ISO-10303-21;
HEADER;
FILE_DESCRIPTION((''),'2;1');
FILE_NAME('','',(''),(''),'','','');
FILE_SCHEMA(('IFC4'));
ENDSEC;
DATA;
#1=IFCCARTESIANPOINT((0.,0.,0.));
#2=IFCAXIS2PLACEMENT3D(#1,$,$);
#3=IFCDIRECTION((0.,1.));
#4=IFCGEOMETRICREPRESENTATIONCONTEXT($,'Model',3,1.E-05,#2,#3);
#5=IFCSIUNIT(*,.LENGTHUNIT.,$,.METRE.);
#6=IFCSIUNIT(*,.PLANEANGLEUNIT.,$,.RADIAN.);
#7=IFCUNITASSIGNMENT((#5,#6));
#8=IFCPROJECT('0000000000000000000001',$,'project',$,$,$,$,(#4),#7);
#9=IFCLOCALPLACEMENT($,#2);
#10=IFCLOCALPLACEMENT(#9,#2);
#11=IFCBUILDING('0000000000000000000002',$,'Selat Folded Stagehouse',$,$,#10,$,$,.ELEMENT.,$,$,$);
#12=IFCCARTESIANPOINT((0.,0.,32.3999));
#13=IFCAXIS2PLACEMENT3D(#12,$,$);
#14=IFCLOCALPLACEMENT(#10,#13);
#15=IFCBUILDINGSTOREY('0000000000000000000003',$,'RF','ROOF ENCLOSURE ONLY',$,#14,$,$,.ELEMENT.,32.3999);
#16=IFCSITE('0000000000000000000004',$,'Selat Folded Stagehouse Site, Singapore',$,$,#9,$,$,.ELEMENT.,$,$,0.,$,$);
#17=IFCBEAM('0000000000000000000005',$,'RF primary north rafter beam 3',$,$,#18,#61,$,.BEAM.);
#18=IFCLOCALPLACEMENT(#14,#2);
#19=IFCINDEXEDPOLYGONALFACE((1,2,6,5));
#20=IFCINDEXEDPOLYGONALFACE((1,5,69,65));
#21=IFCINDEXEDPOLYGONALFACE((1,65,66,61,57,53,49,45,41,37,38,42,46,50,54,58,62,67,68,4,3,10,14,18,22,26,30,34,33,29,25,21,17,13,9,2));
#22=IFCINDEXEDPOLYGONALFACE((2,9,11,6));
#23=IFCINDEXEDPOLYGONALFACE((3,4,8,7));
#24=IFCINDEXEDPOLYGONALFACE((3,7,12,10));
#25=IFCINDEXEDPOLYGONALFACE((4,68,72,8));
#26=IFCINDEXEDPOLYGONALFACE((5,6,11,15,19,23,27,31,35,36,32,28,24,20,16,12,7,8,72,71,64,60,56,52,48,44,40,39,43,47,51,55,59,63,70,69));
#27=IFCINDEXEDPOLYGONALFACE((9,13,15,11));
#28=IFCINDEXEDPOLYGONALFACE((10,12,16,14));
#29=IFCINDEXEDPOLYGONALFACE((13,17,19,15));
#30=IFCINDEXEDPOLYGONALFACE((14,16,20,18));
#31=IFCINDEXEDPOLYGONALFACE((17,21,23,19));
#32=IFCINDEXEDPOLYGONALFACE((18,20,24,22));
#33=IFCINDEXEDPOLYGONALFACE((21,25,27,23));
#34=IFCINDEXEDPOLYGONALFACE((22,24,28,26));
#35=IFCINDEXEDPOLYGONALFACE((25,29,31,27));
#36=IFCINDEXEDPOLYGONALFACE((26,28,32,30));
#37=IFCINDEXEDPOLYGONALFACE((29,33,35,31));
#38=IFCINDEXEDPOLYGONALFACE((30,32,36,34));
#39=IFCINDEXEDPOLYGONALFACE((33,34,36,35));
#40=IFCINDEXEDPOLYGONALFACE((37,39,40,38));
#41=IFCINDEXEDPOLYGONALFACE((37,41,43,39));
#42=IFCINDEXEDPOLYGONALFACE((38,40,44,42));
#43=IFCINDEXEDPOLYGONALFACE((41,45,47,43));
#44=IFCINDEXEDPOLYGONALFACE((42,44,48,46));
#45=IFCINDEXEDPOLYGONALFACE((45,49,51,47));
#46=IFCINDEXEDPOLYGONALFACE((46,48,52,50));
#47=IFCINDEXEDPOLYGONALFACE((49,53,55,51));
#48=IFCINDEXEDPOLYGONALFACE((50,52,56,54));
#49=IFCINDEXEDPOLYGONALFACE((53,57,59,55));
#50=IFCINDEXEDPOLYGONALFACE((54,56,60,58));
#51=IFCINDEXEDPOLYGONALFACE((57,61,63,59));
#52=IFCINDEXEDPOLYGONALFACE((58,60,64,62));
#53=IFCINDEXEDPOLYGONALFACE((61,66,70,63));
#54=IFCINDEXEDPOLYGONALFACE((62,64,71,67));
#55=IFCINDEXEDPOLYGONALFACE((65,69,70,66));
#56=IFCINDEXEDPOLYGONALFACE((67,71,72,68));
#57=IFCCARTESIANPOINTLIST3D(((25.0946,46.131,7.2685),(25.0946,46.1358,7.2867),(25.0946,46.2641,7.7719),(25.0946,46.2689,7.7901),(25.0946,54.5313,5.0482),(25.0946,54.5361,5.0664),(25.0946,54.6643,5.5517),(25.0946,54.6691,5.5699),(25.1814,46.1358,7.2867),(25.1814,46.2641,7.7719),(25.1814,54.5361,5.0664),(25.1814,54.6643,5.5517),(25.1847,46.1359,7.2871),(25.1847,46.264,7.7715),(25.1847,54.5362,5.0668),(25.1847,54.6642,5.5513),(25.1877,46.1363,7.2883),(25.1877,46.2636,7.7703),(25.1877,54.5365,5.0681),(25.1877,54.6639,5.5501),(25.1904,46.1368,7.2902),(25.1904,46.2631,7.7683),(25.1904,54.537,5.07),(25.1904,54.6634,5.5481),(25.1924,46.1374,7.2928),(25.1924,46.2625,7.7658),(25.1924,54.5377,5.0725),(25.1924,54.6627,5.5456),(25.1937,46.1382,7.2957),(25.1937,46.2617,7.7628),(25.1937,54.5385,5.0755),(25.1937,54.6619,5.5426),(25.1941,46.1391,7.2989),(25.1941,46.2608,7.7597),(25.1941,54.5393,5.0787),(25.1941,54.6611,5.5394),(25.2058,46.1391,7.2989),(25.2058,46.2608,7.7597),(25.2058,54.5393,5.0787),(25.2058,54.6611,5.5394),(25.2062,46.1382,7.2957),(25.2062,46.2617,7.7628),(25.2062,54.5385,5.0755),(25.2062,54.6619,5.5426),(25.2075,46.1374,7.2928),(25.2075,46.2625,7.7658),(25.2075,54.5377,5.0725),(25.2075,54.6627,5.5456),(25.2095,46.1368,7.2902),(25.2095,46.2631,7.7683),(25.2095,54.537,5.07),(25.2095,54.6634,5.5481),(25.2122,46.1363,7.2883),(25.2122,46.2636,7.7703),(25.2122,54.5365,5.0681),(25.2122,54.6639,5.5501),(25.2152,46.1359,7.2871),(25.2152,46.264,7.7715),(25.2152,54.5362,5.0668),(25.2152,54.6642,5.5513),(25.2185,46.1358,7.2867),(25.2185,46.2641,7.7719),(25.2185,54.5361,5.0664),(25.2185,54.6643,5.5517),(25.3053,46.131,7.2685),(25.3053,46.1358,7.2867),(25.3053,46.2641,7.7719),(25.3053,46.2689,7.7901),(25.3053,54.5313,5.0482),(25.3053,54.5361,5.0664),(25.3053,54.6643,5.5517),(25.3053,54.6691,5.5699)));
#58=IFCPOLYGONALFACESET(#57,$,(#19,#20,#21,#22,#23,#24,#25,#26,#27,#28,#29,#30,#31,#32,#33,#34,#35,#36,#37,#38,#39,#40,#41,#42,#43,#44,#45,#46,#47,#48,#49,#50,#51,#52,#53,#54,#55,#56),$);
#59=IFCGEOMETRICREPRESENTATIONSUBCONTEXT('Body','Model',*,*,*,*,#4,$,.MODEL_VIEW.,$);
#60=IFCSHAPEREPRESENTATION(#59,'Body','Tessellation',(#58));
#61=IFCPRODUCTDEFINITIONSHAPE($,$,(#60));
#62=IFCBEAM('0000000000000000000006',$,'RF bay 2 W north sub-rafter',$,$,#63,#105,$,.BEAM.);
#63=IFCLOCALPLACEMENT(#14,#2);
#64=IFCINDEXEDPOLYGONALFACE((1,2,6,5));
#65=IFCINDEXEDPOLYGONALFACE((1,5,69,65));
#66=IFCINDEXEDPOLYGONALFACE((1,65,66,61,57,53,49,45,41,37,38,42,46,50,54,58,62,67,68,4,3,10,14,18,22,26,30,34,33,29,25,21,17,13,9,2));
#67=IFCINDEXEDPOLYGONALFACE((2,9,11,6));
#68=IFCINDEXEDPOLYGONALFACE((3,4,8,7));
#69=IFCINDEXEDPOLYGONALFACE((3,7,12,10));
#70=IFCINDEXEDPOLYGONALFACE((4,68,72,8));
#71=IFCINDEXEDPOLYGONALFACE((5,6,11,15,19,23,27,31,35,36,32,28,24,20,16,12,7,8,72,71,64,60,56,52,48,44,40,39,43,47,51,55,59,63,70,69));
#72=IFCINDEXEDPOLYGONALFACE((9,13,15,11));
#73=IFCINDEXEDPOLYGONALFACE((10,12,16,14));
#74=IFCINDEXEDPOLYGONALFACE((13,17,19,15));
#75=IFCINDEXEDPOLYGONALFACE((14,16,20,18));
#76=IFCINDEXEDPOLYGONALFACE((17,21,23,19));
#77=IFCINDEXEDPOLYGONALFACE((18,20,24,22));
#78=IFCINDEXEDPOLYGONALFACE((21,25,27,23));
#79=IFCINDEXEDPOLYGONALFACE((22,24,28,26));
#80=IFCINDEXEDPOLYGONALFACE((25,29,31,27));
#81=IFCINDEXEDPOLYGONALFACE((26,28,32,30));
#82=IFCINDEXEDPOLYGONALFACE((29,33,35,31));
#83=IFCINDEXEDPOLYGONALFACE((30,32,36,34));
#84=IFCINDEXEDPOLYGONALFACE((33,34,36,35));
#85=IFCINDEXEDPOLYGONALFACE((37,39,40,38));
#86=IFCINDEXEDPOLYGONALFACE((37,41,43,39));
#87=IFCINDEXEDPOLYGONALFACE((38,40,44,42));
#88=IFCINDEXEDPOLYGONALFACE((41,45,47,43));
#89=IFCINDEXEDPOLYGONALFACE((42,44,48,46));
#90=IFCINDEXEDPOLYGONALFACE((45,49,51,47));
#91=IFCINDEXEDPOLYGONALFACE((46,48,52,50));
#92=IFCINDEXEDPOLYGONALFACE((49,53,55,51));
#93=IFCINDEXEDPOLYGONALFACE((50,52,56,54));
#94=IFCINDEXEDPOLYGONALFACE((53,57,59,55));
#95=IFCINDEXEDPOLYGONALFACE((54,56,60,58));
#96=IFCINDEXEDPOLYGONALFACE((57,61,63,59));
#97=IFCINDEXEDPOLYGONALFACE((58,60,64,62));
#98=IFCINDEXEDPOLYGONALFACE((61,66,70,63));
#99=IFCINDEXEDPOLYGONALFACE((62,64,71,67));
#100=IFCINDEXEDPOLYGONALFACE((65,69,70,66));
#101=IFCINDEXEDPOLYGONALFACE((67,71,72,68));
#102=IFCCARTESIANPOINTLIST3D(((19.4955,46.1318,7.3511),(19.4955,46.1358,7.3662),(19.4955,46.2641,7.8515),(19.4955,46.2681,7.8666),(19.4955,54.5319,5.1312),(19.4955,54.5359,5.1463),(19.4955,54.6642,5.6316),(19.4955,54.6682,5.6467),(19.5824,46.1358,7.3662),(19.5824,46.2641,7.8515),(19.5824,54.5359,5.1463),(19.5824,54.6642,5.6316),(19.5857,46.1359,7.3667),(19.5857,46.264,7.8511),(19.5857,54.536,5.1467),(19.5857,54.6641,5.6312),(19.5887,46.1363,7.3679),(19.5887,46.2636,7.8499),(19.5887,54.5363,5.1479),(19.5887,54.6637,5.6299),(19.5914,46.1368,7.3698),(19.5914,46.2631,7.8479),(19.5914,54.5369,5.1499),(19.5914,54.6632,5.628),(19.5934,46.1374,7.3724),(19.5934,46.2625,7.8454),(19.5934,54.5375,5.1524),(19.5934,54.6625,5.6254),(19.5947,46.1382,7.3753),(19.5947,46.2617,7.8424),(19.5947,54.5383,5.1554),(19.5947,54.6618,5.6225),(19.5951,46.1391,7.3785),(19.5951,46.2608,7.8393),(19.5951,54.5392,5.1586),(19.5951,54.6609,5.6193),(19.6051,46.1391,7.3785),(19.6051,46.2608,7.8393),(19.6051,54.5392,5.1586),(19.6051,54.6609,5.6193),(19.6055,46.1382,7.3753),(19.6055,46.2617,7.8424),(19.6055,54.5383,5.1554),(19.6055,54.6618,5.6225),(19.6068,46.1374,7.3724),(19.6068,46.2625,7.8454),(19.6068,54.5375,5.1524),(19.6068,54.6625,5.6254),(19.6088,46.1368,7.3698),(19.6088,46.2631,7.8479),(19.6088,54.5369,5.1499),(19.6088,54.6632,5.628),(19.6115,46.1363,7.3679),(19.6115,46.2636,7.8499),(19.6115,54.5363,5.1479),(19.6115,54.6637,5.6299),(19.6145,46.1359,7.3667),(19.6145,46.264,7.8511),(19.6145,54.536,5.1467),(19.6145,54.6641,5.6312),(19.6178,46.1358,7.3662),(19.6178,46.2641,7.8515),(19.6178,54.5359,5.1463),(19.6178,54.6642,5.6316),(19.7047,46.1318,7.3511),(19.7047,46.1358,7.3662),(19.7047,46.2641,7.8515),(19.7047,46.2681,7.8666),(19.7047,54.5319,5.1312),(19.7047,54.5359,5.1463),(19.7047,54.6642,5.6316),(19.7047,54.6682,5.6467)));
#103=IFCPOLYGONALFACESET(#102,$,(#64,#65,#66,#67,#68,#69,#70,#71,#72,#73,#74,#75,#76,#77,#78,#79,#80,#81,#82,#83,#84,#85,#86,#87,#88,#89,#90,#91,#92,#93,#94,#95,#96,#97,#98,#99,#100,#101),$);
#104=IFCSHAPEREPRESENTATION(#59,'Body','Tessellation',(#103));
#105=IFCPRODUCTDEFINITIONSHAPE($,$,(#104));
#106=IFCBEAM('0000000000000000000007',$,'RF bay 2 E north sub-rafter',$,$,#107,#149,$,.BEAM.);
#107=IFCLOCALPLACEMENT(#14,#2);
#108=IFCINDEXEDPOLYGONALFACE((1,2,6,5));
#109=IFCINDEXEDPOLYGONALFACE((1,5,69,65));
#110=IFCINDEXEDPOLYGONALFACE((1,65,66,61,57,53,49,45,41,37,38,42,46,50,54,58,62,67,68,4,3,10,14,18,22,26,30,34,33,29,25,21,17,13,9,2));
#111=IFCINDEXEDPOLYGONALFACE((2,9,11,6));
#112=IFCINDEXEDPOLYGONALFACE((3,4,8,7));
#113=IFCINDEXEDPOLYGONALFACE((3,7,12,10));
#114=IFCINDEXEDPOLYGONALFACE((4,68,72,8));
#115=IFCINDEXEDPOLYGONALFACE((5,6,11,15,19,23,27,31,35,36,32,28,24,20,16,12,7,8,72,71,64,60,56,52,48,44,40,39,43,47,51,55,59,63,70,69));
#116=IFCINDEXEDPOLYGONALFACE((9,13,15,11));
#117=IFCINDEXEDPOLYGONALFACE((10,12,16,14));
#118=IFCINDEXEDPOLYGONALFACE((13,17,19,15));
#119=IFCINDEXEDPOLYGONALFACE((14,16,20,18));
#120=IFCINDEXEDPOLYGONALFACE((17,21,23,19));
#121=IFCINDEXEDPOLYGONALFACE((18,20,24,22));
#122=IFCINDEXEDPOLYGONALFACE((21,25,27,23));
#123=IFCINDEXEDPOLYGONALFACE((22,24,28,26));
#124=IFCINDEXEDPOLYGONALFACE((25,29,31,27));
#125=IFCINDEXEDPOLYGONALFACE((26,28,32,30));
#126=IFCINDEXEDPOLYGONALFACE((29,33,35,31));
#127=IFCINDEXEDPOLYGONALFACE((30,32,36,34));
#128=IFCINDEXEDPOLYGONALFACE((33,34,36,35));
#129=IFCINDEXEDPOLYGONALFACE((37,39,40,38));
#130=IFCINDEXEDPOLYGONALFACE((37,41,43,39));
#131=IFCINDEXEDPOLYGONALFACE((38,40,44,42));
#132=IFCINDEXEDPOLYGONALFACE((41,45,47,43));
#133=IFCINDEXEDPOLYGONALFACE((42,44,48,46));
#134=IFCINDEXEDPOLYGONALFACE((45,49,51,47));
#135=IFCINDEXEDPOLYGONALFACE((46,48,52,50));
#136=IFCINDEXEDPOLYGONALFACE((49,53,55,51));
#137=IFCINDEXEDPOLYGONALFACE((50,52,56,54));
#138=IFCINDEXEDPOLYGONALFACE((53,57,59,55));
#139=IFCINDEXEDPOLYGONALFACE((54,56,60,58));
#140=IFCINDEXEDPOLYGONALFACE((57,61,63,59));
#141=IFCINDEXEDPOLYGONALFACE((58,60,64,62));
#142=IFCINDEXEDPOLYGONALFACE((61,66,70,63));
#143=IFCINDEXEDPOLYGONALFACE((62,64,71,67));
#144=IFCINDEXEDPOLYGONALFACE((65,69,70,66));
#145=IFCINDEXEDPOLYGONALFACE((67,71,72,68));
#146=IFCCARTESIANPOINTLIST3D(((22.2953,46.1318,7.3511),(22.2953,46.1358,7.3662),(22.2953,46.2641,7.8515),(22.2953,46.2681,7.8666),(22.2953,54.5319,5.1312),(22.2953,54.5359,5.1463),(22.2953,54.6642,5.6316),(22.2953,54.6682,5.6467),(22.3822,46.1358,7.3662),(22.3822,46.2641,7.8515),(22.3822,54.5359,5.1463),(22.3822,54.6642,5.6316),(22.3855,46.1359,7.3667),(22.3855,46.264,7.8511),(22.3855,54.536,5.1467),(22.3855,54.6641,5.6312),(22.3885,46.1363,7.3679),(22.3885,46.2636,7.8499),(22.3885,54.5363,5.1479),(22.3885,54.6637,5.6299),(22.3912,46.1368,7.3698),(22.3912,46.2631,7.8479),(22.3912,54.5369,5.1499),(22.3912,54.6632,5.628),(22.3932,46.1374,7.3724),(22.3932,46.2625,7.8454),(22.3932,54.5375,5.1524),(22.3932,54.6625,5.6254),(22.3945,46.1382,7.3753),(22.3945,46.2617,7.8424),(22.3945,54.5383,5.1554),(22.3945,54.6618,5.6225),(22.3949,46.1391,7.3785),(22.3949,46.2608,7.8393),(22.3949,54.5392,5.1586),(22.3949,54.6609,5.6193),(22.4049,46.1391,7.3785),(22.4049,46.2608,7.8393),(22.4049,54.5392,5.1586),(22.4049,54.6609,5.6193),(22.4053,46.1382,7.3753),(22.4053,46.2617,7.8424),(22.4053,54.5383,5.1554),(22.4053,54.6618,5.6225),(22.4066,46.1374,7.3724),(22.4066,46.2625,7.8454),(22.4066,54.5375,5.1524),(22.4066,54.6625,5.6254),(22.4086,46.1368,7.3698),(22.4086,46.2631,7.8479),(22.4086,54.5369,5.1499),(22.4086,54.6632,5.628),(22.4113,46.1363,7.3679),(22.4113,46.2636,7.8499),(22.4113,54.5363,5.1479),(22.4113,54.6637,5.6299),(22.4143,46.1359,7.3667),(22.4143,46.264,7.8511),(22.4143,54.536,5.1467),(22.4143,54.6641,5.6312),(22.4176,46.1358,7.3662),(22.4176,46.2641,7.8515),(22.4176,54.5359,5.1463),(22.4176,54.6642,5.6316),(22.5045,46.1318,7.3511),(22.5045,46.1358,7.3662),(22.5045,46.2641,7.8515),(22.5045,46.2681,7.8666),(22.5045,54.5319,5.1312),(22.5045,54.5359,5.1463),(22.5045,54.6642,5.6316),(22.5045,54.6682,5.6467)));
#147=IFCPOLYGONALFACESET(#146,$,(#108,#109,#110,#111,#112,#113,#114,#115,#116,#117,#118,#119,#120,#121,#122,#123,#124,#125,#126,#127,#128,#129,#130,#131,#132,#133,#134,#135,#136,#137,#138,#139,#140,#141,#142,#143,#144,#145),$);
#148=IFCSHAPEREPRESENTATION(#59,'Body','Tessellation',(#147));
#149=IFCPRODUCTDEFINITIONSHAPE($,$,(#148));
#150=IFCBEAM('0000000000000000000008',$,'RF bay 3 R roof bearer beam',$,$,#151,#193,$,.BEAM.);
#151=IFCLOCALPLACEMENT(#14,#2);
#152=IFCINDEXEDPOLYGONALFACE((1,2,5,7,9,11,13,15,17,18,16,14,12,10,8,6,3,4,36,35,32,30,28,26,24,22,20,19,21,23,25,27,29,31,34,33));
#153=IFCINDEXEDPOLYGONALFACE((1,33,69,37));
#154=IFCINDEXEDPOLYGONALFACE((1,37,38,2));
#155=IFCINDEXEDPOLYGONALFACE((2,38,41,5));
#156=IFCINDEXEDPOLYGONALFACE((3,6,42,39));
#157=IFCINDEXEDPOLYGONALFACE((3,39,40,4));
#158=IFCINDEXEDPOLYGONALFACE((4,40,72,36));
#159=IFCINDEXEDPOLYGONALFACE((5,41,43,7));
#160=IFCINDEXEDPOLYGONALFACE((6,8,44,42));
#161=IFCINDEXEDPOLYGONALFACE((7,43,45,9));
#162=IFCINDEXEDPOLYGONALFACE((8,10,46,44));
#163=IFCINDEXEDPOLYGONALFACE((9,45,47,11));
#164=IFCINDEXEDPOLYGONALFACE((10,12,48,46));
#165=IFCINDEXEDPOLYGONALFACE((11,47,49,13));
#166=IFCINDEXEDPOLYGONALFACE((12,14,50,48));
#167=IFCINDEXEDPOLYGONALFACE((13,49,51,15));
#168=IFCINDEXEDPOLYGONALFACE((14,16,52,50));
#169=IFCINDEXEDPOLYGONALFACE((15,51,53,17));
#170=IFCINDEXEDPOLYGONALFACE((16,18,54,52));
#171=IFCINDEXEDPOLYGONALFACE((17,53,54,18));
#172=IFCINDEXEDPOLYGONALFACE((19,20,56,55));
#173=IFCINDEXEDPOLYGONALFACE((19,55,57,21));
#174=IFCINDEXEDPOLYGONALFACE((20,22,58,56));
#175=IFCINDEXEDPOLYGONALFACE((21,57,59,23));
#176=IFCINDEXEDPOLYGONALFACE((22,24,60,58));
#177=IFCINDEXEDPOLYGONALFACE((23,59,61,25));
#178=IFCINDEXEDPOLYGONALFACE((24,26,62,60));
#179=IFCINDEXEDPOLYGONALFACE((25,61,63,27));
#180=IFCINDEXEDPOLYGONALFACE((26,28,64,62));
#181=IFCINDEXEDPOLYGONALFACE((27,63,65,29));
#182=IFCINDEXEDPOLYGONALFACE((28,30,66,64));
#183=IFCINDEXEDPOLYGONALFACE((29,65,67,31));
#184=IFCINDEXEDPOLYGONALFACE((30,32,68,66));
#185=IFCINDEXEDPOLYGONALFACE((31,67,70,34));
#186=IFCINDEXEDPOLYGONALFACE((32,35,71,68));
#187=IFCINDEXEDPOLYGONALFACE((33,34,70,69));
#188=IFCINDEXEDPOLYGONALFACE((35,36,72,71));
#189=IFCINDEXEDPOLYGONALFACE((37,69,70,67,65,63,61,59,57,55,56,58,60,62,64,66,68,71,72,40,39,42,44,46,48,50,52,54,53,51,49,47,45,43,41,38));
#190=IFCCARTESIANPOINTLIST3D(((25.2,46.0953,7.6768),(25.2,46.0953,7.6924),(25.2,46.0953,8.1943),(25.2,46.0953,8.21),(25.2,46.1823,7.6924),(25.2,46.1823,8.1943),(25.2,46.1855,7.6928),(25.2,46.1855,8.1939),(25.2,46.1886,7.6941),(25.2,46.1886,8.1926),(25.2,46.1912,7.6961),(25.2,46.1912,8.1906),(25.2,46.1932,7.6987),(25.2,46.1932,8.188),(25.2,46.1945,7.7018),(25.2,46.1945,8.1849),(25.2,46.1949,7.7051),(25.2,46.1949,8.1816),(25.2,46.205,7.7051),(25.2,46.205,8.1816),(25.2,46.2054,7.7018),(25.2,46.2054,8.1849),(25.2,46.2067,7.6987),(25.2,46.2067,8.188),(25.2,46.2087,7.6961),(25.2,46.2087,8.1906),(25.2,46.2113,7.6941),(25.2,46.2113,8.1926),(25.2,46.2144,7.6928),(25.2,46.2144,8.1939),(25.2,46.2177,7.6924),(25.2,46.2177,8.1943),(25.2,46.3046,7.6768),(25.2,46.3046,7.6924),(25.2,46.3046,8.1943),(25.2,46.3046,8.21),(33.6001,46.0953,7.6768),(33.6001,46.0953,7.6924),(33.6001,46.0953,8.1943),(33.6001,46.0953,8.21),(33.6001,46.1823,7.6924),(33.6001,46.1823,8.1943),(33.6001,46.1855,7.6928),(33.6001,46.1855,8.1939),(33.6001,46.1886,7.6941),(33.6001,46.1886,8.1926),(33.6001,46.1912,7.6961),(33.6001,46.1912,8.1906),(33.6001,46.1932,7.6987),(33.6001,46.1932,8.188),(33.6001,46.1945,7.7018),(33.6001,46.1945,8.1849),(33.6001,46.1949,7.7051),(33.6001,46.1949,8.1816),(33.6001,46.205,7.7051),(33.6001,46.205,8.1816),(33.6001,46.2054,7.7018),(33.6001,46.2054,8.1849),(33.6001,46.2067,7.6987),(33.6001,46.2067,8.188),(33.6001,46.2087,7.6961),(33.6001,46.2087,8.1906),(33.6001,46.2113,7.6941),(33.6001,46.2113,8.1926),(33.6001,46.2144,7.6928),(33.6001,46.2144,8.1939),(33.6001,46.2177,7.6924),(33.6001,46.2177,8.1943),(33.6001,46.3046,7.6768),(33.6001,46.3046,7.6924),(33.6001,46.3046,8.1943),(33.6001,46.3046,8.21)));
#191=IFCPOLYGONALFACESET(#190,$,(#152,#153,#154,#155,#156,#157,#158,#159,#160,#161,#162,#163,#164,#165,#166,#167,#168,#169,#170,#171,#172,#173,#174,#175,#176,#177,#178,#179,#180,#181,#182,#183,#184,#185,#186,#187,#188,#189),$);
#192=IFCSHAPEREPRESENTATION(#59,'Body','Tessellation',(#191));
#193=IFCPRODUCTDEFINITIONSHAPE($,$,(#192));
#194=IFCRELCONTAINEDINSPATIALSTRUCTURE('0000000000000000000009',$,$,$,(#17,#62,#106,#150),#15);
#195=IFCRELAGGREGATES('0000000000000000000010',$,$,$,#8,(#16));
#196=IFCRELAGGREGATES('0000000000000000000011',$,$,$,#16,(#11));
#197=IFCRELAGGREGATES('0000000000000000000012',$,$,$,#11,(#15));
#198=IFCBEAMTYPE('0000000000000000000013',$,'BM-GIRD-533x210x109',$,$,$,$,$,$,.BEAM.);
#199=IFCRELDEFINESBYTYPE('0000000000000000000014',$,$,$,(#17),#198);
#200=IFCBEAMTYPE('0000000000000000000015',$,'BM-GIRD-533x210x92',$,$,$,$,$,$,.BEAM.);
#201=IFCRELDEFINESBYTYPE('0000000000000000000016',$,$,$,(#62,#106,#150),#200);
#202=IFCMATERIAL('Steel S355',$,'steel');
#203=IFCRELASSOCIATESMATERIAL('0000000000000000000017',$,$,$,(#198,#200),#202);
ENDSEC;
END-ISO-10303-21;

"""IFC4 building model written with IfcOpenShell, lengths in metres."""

from ifc_helpers import new_model, si_unit, direction, frame, origin, origin_2d, place, context, subcontext, project, spatial, i_section, extrude, material, material_profile, profile_set, type_object, element, save


model = new_model("IFC4")

# Units and contexts
model_context = context("Model", 3, precision=1e-05, world=origin(), true_north=direction((0.0, 1.0)))
body_context = subcontext(model_context, "Body", "Model", "MODEL_VIEW")
ifc_project = project(units=[si_unit("LENGTHUNIT", "METRE"), si_unit("PLANEANGLEUNIT", "RADIAN")], contexts=[model_context])

# Site, building, storey
site_placement = place(None, origin())
site = spatial("IfcSite", under=ifc_project, at=site_placement, Name="Selat Folded Stagehouse Site, Singapore", CompositionType="ELEMENT", RefElevation=0.0)
building_placement = place(site_placement, origin())
building = spatial("IfcBuilding", under=site, at=building_placement, Name="Selat Folded Stagehouse", CompositionType="ELEMENT")
storey_placement = place(building_placement, frame((0.0, 0.0, 32.3999)))
storey = spatial("IfcBuildingStorey", under=building, at=storey_placement, Name="RF", Description="ROOF ENCLOSURE ONLY", CompositionType="ELEMENT", Elevation=32.3999)

# Beams
ifc_material_1 = material(Name="Steel S355", Category="steel")
ifc_material_profile_1 = material_profile(ifc_material_1, i_section(OverallWidth=0.2107, OverallDepth=0.5396, WebThickness=0.0117, FlangeThickness=0.0188, FilletRadius=0.0127, at=origin_2d()), Name="UKB 533x210x109")
ifc_profile_set_1 = profile_set([ifc_material_profile_1], Name="Steel S355")
beam_type_1 = type_object("IfcBeamType", Name="BM-GIRD-533x210x109", PredefinedType="BEAM", material=ifc_profile_set_1)
beam_1_placement = place(storey_placement, frame((25.2, 46.2, 7.5293), z_axis=(0.0, 0.966801, -0.255532), x_axis=(-1.0, 0.0, 0.0)))
element("IfcBeam", 1, at=beam_1_placement, inside=storey, type_object=beam_type_1, Name="RF primary north rafter beam 3", PredefinedType="BEAM", context=body_context, shape_type="SweptSolid", body=[
    extrude(i_section(OverallWidth=0.2107, OverallDepth=0.5396, WebThickness=0.0117, FlangeThickness=0.0188, FilletRadius=0.0127, at=origin_2d()), origin(), (0.0, 0.0, 1.0), 8.6887),
])
ifc_material_profile_2 = material_profile(ifc_material_1, i_section(OverallWidth=0.2092, OverallDepth=0.5332, WebThickness=0.01, FlangeThickness=0.0156, FilletRadius=0.0127, at=origin_2d()), Name="UKB 533x210x92")
ifc_profile_set_2 = profile_set([ifc_material_profile_2], Name="Steel S355")
beam_type_2 = type_object("IfcBeamType", Name="BM-GIRD-533x210x92", PredefinedType="BEAM", material=ifc_profile_set_2)
for number, where, z_axis, x_axis, name in (
    (2, (19.6001, 46.2, 7.6089), (0.0, 0.966808, -0.255506), (-1.0, 0.0, 0.0), "RF bay 2 W north sub-rafter"),
    (3, (22.3999, 46.2, 7.6089), (0.0, 0.966808, -0.255506), (-1.0, 0.0, 0.0), "RF bay 2 E north sub-rafter"),
):
    element("IfcBeam", number, at=place(storey_placement, frame(where, z_axis=z_axis, x_axis=x_axis)), inside=storey, type_object=beam_type_2, Name=name, PredefinedType="BEAM", context=body_context, shape_type="SweptSolid", body=[
        extrude(i_section(OverallWidth=0.2092, OverallDepth=0.5332, WebThickness=0.01, FlangeThickness=0.0156, FilletRadius=0.0127, at=origin_2d()), origin(), (0.0, 0.0, 1.0), 8.6885),
    ])
beam_2_placement = place(storey_placement, frame((25.2, 46.2, 7.9434), z_axis=(1.0, 0.0, 0.0), x_axis=(0.0, 1.0, 0.0)))
element("IfcBeam", 4, at=beam_2_placement, inside=storey, type_object=beam_type_2, Name="RF bay 3 R roof bearer beam", PredefinedType="BEAM", context=body_context, shape_type="SweptSolid", body=[
    extrude(i_section(OverallWidth=0.2092, OverallDepth=0.5332, WebThickness=0.01, FlangeThickness=0.0156, FilletRadius=0.0127, at=origin_2d()), origin(), (0.0, 0.0, 1.0), 8.4001),
])

save(model, "model.ifc")
